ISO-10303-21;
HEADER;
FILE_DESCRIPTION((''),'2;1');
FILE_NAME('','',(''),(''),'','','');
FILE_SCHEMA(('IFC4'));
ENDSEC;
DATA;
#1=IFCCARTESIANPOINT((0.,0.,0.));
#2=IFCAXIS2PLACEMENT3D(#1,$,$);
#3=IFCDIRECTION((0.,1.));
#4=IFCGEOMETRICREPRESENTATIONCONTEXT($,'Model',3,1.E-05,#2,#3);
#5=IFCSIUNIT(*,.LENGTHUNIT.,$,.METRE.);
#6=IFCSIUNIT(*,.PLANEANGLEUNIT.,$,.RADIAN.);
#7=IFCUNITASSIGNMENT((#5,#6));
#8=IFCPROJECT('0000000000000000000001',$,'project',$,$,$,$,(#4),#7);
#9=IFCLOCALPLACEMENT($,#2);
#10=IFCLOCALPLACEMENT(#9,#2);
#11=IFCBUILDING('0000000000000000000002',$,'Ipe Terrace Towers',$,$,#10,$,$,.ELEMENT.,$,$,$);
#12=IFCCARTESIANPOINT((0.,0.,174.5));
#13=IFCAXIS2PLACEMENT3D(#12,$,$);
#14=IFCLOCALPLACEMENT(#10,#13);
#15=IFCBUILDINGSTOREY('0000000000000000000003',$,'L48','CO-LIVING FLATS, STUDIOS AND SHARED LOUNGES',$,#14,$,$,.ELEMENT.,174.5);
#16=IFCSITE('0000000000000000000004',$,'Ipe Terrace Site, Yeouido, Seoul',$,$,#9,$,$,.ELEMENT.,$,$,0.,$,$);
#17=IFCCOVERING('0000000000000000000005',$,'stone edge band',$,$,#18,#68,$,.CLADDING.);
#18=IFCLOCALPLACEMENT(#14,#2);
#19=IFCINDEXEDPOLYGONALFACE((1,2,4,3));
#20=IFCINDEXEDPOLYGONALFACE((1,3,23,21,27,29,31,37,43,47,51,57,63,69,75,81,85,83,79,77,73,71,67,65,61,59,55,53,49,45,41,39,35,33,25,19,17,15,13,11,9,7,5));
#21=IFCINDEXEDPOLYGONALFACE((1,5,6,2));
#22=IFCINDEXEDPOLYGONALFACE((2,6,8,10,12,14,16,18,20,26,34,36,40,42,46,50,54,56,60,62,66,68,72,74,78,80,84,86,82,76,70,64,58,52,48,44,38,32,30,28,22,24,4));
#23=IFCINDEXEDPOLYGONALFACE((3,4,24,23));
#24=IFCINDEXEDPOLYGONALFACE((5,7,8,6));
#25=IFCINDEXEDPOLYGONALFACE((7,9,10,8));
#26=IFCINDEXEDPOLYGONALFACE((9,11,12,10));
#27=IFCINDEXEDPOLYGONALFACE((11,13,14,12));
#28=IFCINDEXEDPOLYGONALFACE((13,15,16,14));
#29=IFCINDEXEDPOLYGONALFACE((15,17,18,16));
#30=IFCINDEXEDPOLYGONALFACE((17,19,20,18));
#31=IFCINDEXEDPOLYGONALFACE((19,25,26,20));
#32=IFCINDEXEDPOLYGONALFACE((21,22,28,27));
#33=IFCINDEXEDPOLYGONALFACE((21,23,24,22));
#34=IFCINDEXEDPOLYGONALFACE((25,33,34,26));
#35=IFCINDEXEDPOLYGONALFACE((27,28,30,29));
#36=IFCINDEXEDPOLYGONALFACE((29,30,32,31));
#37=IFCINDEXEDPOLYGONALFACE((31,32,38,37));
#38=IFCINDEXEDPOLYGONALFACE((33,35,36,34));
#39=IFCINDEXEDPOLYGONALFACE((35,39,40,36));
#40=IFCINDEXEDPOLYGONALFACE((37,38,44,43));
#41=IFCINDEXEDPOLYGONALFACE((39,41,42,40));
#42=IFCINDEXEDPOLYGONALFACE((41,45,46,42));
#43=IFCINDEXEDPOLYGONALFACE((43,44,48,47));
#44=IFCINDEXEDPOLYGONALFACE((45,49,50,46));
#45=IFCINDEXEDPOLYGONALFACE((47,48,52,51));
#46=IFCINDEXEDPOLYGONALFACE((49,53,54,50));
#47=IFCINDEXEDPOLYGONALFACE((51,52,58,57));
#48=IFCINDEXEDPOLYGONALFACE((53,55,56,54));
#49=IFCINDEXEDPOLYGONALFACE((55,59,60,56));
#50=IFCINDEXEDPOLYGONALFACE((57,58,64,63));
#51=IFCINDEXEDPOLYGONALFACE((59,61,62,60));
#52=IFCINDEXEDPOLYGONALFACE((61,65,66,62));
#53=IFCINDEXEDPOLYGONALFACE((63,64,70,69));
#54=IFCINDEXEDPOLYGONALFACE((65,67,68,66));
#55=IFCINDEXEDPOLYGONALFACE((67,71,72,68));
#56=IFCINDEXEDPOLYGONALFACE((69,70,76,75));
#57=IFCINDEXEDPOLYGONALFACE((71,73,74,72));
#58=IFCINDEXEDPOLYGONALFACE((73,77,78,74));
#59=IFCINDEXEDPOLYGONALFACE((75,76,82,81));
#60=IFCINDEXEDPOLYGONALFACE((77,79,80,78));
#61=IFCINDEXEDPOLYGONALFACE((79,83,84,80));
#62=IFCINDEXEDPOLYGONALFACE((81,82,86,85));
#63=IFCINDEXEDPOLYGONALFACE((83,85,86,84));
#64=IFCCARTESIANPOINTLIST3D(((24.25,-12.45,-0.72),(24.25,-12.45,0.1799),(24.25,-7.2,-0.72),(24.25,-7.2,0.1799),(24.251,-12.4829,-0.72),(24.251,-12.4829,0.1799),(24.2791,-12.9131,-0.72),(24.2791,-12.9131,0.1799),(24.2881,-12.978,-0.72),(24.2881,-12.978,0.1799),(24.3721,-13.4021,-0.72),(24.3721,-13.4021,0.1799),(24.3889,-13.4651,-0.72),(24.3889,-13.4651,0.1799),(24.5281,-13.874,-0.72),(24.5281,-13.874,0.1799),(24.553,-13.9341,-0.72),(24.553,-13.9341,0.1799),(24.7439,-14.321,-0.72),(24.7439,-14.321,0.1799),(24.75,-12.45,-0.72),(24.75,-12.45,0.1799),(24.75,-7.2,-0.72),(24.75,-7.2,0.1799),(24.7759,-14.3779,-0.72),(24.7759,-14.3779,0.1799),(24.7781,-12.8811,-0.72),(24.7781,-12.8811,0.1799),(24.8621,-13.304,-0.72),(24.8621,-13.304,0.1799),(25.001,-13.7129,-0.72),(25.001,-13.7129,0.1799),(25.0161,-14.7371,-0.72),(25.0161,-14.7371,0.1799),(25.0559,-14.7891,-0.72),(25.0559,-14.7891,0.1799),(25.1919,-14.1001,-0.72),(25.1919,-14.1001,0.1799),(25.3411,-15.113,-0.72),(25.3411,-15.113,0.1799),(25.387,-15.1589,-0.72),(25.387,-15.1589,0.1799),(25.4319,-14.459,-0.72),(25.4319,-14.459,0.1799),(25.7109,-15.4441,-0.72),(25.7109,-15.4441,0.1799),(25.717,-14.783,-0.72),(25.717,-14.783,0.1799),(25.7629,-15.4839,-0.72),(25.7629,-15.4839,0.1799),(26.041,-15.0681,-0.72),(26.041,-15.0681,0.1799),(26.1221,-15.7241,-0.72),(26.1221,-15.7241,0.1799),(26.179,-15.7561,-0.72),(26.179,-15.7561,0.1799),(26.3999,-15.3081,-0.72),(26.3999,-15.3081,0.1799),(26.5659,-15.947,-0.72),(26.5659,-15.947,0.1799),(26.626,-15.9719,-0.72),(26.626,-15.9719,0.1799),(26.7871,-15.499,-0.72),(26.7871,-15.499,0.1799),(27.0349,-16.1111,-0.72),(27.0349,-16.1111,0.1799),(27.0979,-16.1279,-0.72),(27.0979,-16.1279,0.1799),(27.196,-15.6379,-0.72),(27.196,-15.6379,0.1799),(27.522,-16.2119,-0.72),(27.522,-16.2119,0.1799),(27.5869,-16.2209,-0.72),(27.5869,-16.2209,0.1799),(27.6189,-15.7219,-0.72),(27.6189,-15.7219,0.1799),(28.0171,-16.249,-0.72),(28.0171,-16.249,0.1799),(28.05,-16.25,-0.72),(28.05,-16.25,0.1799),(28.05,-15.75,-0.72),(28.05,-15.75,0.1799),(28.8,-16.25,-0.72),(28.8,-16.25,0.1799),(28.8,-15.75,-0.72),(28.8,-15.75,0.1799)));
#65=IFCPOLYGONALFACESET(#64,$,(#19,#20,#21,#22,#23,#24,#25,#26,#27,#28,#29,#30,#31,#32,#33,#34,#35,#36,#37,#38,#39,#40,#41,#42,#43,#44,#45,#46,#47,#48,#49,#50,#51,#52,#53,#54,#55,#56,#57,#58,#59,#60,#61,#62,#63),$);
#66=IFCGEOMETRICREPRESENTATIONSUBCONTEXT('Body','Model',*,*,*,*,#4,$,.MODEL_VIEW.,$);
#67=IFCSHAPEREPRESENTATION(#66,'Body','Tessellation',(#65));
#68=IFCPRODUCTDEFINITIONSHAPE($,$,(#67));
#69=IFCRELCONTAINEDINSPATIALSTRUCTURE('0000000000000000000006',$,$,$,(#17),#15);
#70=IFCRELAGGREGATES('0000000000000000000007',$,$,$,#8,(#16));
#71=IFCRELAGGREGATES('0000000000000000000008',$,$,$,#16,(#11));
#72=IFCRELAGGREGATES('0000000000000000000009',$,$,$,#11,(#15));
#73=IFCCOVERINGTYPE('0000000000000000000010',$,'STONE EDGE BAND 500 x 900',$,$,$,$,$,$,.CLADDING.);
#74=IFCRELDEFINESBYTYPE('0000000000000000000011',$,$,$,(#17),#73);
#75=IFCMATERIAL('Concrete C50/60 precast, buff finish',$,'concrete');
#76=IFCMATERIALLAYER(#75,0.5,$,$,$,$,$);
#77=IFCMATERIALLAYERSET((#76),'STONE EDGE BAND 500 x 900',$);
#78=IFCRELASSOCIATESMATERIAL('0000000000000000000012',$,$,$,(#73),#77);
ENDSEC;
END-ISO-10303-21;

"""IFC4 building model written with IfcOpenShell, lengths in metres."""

from ifc_helpers import new_model, si_unit, direction, frame, origin, place, context, subcontext, project, spatial, polyline, outline, extrude, material, layer, layer_set, type_object, element, save


model = new_model("IFC4")

# Units and contexts
model_context = context("Model", 3, precision=1e-05, world=origin(), true_north=direction((0.0, 1.0)))
body_context = subcontext(model_context, "Body", "Model", "MODEL_VIEW")
ifc_project = project(units=[si_unit("LENGTHUNIT", "METRE"), si_unit("PLANEANGLEUNIT", "RADIAN")], contexts=[model_context])

# Site, building, storey
site_placement = place(None, origin())
site = spatial("IfcSite", under=ifc_project, at=site_placement, Name="Ipe Terrace Site, Yeouido, Seoul", CompositionType="ELEMENT", RefElevation=0.0)
building_placement = place(site_placement, origin())
building = spatial("IfcBuilding", under=site, at=building_placement, Name="Ipe Terrace Towers", CompositionType="ELEMENT")
storey_placement = place(building_placement, frame((0.0, 0.0, 174.5)))
storey = spatial("IfcBuildingStorey", under=building, at=storey_placement, Name="L48", Description="CO-LIVING FLATS, STUDIOS AND SHARED LOUNGES", CompositionType="ELEMENT", Elevation=174.5)

# Covering
ifc_material_1 = material(Name="Concrete C50/60 precast, buff finish", Category="concrete")
ifc_layer_1 = layer(ifc_material_1, 0.5)
ifc_layer_set_1 = layer_set([ifc_layer_1], Name="STONE EDGE BAND 500 x 900")
covering_type = type_object("IfcCoveringType", Name="STONE EDGE BAND 500 x 900", PredefinedType="CLADDING", material=ifc_layer_set_1)
covering_1_placement = place(storey_placement, frame((0.0, 0.0, -0.72)))
element("IfcCovering", 1, at=covering_1_placement, inside=storey, type_object=covering_type, Name="stone edge band", PredefinedType="CLADDING", context=body_context, shape_type="SweptSolid", body=[
    extrude(outline(polyline([(24.25, -12.45), (24.251, -12.4829), (24.2791, -12.9131), (24.2881, -12.978), (24.3721, -13.4021), (24.3889, -13.4651), (24.5281, -13.874), (24.553, -13.9341), (24.7439, -14.321), (24.7759, -14.3779), (25.0161, -14.7371), (25.0559, -14.7891), (25.3411, -15.113), (25.387, -15.1589), (25.7109, -15.4441), (25.7629, -15.4839), (26.1221, -15.7241), (26.179, -15.7561), (26.5659, -15.947), (26.626, -15.9719), (27.0349, -16.1111), (27.0979, -16.1279), (27.522, -16.2119), (27.5869, -16.2209), (28.0171, -16.249), (28.05, -16.25), (28.8, -16.25), (28.8, -15.75), (28.05, -15.75), (27.6189, -15.7219), (27.196, -15.6379), (26.7871, -15.499), (26.3999, -15.3081), (26.041, -15.0681), (25.717, -14.783), (25.4319, -14.459), (25.1919, -14.1001), (25.001, -13.7129), (24.8621, -13.304), (24.7781, -12.8811), (24.75, -12.45), (24.75, -7.2), (24.25, -7.2), (24.25, -12.45)])), origin(), (0.0, 0.0, 1.0), 0.8999),
])

save(model, "model.ifc")
